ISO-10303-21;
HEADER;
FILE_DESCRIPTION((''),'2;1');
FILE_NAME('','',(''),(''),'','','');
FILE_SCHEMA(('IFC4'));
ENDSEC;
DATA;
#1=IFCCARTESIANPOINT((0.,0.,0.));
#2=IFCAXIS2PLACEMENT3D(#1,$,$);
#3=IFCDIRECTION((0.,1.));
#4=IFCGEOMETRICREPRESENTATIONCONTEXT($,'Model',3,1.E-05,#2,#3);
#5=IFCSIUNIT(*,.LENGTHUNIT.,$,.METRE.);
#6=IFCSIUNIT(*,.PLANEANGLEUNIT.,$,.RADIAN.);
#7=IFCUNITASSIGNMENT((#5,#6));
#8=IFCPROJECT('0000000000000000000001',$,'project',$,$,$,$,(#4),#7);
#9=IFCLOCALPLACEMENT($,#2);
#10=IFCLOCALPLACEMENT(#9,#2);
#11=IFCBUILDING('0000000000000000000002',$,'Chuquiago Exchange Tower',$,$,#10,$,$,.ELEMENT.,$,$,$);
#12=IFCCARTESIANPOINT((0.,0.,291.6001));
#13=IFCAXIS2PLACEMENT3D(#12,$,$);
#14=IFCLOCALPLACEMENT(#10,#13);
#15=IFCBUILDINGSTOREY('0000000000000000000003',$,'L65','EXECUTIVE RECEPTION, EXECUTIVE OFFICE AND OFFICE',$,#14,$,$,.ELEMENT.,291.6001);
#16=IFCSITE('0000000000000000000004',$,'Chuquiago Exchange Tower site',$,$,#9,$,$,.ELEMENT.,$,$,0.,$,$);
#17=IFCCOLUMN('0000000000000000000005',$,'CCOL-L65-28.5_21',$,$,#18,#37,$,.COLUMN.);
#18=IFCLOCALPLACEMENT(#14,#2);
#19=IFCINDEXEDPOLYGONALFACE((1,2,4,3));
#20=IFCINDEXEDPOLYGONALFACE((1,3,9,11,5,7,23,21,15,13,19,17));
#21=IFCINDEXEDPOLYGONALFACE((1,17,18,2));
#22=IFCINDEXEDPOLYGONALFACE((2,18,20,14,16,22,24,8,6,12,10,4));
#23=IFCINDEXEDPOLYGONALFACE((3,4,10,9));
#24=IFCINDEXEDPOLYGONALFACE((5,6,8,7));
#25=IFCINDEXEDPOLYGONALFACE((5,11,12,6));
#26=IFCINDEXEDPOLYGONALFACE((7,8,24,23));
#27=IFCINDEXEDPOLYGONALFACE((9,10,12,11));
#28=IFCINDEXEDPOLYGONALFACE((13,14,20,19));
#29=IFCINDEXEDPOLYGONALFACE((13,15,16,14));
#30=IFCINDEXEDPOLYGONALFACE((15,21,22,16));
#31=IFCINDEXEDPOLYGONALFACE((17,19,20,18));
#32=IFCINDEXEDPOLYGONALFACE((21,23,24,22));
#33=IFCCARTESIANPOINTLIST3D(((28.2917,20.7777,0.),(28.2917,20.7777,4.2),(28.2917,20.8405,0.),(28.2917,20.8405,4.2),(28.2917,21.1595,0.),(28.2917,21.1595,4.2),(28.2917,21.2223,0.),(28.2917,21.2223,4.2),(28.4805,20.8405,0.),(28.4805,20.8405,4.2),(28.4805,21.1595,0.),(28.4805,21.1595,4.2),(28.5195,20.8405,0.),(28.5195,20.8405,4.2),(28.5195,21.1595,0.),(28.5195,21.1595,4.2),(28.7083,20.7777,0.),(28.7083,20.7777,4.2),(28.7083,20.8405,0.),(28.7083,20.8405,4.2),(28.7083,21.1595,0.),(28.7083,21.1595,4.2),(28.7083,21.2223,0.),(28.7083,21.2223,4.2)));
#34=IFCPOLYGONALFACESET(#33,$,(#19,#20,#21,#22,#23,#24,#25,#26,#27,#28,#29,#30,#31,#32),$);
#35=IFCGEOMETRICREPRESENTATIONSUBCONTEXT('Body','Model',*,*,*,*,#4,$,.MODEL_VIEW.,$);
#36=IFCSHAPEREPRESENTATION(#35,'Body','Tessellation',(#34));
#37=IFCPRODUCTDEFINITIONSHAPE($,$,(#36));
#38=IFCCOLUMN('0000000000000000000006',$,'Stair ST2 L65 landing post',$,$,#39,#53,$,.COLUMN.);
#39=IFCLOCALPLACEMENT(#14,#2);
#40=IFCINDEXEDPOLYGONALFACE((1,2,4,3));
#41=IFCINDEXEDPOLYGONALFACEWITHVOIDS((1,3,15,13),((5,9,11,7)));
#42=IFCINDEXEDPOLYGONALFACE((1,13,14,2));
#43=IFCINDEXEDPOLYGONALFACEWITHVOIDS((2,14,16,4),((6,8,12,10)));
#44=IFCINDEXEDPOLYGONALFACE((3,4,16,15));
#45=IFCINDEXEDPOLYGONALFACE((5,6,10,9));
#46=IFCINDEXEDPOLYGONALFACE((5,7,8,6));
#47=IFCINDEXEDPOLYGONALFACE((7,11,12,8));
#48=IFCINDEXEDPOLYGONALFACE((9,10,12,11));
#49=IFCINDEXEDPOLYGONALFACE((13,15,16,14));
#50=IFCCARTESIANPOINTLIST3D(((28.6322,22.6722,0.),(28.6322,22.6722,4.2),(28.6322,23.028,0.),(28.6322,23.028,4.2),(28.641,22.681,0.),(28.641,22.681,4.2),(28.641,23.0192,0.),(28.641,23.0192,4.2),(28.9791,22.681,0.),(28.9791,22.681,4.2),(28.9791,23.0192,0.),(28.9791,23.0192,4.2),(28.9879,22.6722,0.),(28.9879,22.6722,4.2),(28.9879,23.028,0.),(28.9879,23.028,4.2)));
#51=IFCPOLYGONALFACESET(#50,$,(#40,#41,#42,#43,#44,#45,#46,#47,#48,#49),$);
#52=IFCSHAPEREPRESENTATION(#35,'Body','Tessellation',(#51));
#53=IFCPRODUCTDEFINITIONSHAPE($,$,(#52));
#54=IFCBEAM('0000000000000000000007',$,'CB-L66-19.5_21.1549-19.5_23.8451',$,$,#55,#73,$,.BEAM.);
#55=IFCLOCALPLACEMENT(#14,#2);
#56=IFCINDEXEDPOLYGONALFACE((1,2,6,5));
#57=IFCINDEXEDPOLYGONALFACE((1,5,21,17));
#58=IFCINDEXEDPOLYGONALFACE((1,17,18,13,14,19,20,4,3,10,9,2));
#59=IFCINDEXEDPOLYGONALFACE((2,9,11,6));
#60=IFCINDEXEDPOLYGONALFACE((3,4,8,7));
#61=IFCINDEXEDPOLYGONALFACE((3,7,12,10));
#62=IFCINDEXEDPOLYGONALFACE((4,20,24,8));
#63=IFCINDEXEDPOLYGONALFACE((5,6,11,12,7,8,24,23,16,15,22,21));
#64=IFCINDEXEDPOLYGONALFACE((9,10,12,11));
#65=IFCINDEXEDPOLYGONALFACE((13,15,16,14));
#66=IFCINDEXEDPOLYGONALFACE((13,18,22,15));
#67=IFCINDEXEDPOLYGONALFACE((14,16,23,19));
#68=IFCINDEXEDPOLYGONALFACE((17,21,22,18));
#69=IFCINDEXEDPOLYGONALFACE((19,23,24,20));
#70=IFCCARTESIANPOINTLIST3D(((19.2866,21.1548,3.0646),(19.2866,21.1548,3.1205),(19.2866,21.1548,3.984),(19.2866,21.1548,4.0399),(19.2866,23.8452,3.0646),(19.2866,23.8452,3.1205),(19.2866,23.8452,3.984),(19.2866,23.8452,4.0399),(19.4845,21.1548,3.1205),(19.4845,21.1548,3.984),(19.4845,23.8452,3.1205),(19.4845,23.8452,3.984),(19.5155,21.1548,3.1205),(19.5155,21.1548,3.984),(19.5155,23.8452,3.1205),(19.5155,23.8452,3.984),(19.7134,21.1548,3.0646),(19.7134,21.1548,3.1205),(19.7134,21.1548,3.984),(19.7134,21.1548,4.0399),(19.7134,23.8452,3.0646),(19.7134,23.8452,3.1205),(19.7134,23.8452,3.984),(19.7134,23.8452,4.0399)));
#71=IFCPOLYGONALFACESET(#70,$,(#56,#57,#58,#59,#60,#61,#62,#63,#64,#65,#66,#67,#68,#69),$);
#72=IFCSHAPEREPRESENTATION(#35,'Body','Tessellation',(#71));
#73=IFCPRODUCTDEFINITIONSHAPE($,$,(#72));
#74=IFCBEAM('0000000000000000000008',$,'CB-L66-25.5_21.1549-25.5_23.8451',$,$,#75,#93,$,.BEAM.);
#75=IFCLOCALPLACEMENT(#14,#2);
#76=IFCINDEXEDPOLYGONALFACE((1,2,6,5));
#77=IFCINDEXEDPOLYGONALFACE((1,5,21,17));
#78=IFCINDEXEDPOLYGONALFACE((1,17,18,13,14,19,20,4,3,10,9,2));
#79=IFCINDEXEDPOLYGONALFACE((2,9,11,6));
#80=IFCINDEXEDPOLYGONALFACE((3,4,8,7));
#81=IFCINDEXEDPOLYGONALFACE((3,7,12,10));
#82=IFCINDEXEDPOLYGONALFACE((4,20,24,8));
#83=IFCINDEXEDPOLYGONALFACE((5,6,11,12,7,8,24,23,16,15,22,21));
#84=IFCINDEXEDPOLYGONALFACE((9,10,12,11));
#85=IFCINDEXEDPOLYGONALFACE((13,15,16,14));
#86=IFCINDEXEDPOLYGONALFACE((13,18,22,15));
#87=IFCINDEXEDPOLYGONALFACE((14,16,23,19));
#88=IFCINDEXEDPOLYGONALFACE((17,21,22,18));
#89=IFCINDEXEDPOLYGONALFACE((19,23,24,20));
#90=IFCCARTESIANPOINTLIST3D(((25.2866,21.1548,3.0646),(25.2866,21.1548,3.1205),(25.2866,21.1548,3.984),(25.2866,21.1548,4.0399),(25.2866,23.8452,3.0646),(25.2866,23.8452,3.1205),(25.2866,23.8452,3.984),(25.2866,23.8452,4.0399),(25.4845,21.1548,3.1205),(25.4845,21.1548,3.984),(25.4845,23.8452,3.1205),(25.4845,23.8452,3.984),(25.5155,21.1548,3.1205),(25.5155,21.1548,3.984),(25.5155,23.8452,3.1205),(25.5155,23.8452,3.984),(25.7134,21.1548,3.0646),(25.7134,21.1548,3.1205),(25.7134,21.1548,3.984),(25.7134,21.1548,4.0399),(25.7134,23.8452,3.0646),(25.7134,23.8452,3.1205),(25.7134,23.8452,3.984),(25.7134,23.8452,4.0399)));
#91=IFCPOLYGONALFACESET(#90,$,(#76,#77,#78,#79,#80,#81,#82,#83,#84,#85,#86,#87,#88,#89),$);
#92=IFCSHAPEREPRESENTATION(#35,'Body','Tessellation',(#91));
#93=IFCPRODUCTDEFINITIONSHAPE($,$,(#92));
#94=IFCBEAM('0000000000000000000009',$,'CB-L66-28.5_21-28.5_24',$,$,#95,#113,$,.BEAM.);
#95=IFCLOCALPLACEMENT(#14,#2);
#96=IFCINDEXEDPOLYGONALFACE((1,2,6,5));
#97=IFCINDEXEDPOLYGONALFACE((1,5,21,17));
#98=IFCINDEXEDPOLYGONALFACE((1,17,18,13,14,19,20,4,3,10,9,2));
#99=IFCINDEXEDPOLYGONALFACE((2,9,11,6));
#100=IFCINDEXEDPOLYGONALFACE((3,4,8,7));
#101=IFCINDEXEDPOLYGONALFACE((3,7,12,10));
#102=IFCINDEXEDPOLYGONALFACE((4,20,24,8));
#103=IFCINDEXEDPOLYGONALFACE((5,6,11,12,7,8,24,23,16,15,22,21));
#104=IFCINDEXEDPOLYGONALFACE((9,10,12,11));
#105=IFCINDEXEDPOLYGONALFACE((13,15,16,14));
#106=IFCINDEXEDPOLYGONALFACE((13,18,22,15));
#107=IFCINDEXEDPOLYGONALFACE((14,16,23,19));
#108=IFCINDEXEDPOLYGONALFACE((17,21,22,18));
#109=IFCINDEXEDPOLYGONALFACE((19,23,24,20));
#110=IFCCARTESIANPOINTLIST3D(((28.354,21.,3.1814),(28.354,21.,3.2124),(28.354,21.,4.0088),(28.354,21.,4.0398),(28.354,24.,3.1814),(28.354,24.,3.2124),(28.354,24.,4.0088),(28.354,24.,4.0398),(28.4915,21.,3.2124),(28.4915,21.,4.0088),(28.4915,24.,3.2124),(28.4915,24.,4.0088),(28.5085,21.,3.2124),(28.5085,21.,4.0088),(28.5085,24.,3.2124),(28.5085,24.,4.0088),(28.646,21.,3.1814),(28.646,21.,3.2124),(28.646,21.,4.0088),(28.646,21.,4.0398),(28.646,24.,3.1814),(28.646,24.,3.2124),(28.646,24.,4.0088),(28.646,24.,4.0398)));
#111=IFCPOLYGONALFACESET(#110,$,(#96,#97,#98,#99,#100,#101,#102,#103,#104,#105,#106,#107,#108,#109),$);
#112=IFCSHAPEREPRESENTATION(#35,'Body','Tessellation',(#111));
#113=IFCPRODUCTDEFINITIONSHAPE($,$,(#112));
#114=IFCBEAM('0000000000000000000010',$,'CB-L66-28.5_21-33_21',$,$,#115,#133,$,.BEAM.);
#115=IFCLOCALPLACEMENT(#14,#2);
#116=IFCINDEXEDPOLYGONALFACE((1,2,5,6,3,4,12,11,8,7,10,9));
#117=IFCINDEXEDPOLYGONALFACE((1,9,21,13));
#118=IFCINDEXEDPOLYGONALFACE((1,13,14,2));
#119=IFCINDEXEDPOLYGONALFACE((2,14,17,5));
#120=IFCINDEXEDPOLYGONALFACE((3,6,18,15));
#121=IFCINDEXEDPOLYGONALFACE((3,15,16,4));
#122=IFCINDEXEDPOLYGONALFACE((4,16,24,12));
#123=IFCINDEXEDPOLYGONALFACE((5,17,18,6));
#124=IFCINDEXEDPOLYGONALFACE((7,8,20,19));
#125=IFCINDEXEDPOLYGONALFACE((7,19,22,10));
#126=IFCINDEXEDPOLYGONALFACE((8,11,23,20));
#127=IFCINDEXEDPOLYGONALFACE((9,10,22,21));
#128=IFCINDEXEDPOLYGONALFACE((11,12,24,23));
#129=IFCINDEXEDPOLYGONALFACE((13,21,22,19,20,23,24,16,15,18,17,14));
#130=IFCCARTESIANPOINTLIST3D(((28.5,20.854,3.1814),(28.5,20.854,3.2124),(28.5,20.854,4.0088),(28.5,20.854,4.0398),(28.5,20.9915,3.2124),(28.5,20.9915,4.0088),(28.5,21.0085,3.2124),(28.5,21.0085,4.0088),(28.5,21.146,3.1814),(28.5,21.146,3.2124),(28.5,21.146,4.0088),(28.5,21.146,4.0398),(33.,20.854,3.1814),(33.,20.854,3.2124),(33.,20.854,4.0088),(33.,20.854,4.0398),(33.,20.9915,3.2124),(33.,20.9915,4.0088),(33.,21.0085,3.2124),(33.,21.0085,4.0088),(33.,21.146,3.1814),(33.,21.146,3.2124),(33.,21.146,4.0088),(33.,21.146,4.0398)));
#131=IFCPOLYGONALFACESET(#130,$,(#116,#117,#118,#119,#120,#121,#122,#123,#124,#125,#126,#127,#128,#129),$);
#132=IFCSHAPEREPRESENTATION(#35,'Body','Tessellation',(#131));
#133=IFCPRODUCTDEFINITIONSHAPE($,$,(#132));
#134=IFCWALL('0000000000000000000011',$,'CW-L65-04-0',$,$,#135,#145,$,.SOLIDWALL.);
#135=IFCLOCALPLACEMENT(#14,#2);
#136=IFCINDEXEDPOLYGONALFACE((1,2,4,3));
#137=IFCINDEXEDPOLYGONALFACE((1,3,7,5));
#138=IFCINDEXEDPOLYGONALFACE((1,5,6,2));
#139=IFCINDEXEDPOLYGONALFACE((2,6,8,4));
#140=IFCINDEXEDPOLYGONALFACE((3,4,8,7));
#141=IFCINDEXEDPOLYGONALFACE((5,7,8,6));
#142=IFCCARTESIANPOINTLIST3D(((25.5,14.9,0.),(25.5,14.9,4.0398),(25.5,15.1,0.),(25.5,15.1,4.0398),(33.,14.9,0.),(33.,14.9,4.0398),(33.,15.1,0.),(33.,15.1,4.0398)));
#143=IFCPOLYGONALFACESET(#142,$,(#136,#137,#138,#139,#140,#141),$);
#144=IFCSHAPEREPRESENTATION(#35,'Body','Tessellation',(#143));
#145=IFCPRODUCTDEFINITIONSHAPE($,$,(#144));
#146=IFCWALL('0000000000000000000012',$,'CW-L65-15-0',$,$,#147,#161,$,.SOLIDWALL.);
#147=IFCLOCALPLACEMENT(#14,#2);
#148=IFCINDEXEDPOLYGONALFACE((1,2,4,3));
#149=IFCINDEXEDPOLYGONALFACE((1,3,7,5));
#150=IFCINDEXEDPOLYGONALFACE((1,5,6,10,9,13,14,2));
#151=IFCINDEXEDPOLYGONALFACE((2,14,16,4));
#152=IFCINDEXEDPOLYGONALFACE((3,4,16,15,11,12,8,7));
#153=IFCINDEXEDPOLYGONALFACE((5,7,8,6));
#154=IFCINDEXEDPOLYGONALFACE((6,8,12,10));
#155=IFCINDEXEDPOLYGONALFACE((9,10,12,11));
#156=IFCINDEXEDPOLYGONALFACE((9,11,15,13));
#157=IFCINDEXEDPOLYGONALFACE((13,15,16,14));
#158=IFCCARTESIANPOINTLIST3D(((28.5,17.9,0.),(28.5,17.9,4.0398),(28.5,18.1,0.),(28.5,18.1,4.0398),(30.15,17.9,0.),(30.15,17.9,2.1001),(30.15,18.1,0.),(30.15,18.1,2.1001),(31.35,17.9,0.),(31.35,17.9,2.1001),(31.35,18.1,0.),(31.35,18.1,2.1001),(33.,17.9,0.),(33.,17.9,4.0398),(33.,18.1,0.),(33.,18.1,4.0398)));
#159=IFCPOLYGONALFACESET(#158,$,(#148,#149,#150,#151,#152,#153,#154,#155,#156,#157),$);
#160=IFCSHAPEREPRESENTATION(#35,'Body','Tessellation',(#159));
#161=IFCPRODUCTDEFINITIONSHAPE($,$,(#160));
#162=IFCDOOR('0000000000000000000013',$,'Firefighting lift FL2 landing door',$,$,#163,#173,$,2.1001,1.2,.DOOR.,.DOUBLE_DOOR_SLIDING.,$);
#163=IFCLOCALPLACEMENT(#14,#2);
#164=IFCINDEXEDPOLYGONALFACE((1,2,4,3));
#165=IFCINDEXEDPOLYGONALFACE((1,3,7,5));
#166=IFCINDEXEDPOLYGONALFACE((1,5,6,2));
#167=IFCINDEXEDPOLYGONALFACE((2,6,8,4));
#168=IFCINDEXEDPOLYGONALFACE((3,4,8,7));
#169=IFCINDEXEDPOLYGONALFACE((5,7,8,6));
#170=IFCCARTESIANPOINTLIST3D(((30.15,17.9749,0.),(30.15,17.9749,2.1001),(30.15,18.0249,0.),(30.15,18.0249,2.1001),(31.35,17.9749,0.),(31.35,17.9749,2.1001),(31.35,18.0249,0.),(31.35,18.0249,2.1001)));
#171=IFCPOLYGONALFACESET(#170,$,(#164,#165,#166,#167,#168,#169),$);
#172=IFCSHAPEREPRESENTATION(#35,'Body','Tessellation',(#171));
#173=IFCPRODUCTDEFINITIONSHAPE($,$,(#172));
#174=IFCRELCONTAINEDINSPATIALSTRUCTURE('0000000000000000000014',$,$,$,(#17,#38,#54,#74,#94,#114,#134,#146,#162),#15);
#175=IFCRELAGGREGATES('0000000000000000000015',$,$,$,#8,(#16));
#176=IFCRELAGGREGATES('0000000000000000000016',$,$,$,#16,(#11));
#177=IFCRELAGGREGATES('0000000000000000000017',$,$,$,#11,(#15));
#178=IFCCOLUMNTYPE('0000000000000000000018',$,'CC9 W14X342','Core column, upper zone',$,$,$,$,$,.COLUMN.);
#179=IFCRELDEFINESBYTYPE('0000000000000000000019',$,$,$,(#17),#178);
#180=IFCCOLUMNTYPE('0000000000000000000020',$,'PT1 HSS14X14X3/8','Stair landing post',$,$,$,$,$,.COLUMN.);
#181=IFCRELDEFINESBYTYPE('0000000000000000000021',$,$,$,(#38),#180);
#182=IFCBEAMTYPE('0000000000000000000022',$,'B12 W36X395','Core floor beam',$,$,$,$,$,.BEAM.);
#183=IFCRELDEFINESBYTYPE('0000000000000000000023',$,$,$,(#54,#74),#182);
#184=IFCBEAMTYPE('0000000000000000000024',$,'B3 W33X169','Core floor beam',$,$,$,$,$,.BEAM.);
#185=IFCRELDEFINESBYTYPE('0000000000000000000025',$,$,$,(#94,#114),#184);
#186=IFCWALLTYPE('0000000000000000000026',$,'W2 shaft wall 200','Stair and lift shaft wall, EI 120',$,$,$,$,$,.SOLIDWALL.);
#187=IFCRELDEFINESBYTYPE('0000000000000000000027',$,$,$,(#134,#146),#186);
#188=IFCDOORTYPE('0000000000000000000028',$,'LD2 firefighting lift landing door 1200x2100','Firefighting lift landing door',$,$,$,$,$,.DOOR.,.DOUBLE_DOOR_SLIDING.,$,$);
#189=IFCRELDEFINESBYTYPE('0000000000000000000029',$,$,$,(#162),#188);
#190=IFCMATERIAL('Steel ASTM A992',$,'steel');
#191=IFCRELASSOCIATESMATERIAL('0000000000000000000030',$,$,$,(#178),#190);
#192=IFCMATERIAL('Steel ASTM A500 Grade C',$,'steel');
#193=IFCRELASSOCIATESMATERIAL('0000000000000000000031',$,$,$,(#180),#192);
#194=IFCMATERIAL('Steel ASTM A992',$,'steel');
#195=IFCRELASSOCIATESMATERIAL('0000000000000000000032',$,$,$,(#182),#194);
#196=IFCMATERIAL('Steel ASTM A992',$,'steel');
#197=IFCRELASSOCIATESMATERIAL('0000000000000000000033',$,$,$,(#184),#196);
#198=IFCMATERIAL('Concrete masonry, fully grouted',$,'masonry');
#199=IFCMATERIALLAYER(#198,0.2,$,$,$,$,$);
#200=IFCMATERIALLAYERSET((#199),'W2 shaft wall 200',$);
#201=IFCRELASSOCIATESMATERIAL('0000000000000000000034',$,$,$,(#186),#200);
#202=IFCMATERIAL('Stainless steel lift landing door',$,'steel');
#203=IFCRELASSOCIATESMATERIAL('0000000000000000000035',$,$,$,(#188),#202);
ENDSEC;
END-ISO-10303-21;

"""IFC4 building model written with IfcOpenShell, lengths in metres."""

from ifc_helpers import new_model, si_unit, direction, frame, frame_2d, origin, origin_2d, place, context, subcontext, project, spatial, rectangle, hollow_rectangle, i_section, extrude, material, layer, layer_set, material_profile, profile_set, type_object, element, fill, save


model = new_model("IFC4")

# Units and contexts
model_context = context("Model", 3, precision=1e-05, world=origin(), true_north=direction((0.0, 1.0)))
body_context = subcontext(model_context, "Body", "Model", "MODEL_VIEW")
ifc_project = project(units=[si_unit("LENGTHUNIT", "METRE"), si_unit("PLANEANGLEUNIT", "RADIAN")], contexts=[model_context])

# Site, building, storey
site_placement = place(None, origin())
site = spatial("IfcSite", under=ifc_project, at=site_placement, Name="Chuquiago Exchange Tower site", CompositionType="ELEMENT", RefElevation=0.0)
building_placement = place(site_placement, origin())
building = spatial("IfcBuilding", under=site, at=building_placement, Name="Chuquiago Exchange Tower", CompositionType="ELEMENT")
storey_placement = place(building_placement, frame((0.0, 0.0, 291.6001)))
storey = spatial("IfcBuildingStorey", under=building, at=storey_placement, Name="L65", Description="EXECUTIVE RECEPTION, EXECUTIVE OFFICE AND OFFICE", CompositionType="ELEMENT", Elevation=291.6001)

# Columns
ifc_material_1 = material(Name="Steel ASTM A992", Category="steel")
ifc_material_profile_1 = material_profile(ifc_material_1, i_section(OverallWidth=0.4165, OverallDepth=0.4446, WebThickness=0.0391, FlangeThickness=0.0627, at=origin_2d()), Name="W14X342")
ifc_profile_set_1 = profile_set([ifc_material_profile_1], Name="Steel ASTM A992")
column_type_1 = type_object("IfcColumnType", Name="CC9 W14X342", Description="Core column, upper zone", PredefinedType="COLUMN", material=ifc_profile_set_1)
column_1_placement = place(storey_placement, frame((28.5, 21.0, 0.0), z_axis=(0.0, 0.0, 1.0), x_axis=(1.0, 0.0, 0.0)))
element("IfcColumn", 1, at=column_1_placement, inside=storey, type_object=column_type_1, Name="CCOL-L65-28.5_21", PredefinedType="COLUMN", context=body_context, shape_type="SweptSolid", body=[
    extrude(i_section(OverallWidth=0.4165, OverallDepth=0.4446, WebThickness=0.0391, FlangeThickness=0.0627, at=origin_2d()), origin(), (0.0, 0.0, 1.0), 4.2),
])
ifc_material_2 = material(Name="Steel ASTM A500 Grade C", Category="steel")
ifc_material_profile_2 = material_profile(ifc_material_2, hollow_rectangle(XDim=0.3557, YDim=0.3557, WallThickness=0.0088, at=origin_2d()), Name="HSS14X14X3/8")
ifc_profile_set_2 = profile_set([ifc_material_profile_2], Name="Steel ASTM A500 Grade C")
column_type_2 = type_object("IfcColumnType", Name="PT1 HSS14X14X3/8", Description="Stair landing post", PredefinedType="COLUMN", material=ifc_profile_set_2)
column_2_placement = place(storey_placement, frame((28.8101, 22.8501, 0.0), z_axis=(0.0, 0.0, 1.0), x_axis=(1.0, 0.0, 0.0)))
element("IfcColumn", 2, at=column_2_placement, inside=storey, type_object=column_type_2, Name="Stair ST2 L65 landing post", PredefinedType="COLUMN", context=body_context, shape_type="SweptSolid", body=[
    extrude(hollow_rectangle(XDim=0.3557, YDim=0.3557, WallThickness=0.0088, at=origin_2d()), origin(), (0.0, 0.0, 1.0), 4.2),
])

# Beams
ifc_material_3 = material(Name="Steel ASTM A992", Category="steel")
ifc_material_profile_3 = material_profile(ifc_material_3, i_section(OverallWidth=0.4268, OverallDepth=0.9753, WebThickness=0.031, FlangeThickness=0.0559, at=origin_2d()), Name="W36X395")
ifc_profile_set_3 = profile_set([ifc_material_profile_3], Name="Steel ASTM A992")
beam_type_1 = type_object("IfcBeamType", Name="B12 W36X395", Description="Core floor beam", PredefinedType="BEAM", material=ifc_profile_set_3)
for number, where, z_axis, x_axis, name in (
    (3, (19.5, 21.1548, 3.5522), (0.0, 1.0, 0.0), (-1.0, 0.0, 0.0), "CB-L66-19.5_21.1549-19.5_23.8451"),
    (4, (25.5, 21.1548, 3.5522), (0.0, 1.0, 0.0), (-1.0, 0.0, 0.0), "CB-L66-25.5_21.1549-25.5_23.8451"),
):
    element("IfcBeam", number, at=place(storey_placement, frame(where, z_axis=z_axis, x_axis=x_axis)), inside=storey, type_object=beam_type_1, Name=name, PredefinedType="BEAM", context=body_context, shape_type="SweptSolid", body=[
        extrude(i_section(OverallWidth=0.4268, OverallDepth=0.9753, WebThickness=0.031, FlangeThickness=0.0559, at=origin_2d()), origin(), (0.0, 0.0, 1.0), 2.6904),
    ])
ifc_material_4 = material(Name="Steel ASTM A992", Category="steel")
ifc_material_profile_4 = material_profile(ifc_material_4, i_section(OverallWidth=0.292, OverallDepth=0.8584, WebThickness=0.0171, FlangeThickness=0.031, at=origin_2d()), Name="W33X169")
ifc_profile_set_4 = profile_set([ifc_material_profile_4], Name="Steel ASTM A992")
beam_type_2 = type_object("IfcBeamType", Name="B3 W33X169", Description="Core floor beam", PredefinedType="BEAM", material=ifc_profile_set_4)
beam_1_placement = place(storey_placement, frame((28.5, 21.0, 3.6106), z_axis=(0.0, 1.0, 0.0), x_axis=(-1.0, 0.0, 0.0)))
element("IfcBeam", 5, at=beam_1_placement, inside=storey, type_object=beam_type_2, Name="CB-L66-28.5_21-28.5_24", PredefinedType="BEAM", context=body_context, shape_type="SweptSolid", body=[
    extrude(i_section(OverallWidth=0.292, OverallDepth=0.8584, WebThickness=0.0171, FlangeThickness=0.031, at=origin_2d()), origin(), (0.0, 0.0, 1.0), 3.0),
])
beam_2_placement = place(storey_placement, frame((28.5, 21.0, 3.6106), z_axis=(1.0, 0.0, 0.0), x_axis=(0.0, 1.0, 0.0)))
element("IfcBeam", 6, at=beam_2_placement, inside=storey, type_object=beam_type_2, Name="CB-L66-28.5_21-33_21", PredefinedType="BEAM", context=body_context, shape_type="SweptSolid", body=[
    extrude(i_section(OverallWidth=0.292, OverallDepth=0.8584, WebThickness=0.0171, FlangeThickness=0.031, at=origin_2d()), origin(), (0.0, 0.0, 1.0), 4.5),
])

# Wall
ifc_material_5 = material(Name="Concrete masonry, fully grouted", Category="masonry")
ifc_layer_1 = layer(ifc_material_5, 0.2)
ifc_layer_set_1 = layer_set([ifc_layer_1], Name="W2 shaft wall 200")
wall_type_1 = type_object("IfcWallType", Name="W2 shaft wall 200", Description="Stair and lift shaft wall, EI 120", PredefinedType="SOLIDWALL", material=ifc_layer_set_1)
wall_1_placement = place(storey_placement, frame((25.5, 15.0, 0.0), z_axis=(0.0, 0.0, 1.0), x_axis=(1.0, 0.0, 0.0)))
element("IfcWall", 7, at=wall_1_placement, inside=storey, type_object=wall_type_1, Name="CW-L65-04-0", PredefinedType="SOLIDWALL", context=body_context, shape_type="SweptSolid", body=[
    extrude(rectangle(XDim=7.5, YDim=0.2, at=frame_2d((3.75, 0.0))), origin(), (0.0, 0.0, 1.0), 4.0398),
])

# Wall, opening, door
wall_2_placement = place(storey_placement, frame((28.5, 18.0, 0.0), z_axis=(0.0, 0.0, 1.0), x_axis=(1.0, 0.0, 0.0)))
wall_2 = element("IfcWall", 8, at=wall_2_placement, inside=storey, type_object=wall_type_1, Name="CW-L65-15-0", PredefinedType="SOLIDWALL", context=body_context, shape_type="SweptSolid", body=[
    extrude(rectangle(XDim=4.5, YDim=0.2, at=frame_2d((2.25, 0.0))), origin(), (0.0, 0.0, 1.0), 4.0398),
])
opening_1_placement = place(wall_2_placement, frame((1.6499, 0.0, 0.0)))
opening_1 = element("IfcOpeningElement", 9, at=opening_1_placement, cuts=wall_2, PredefinedType="OPENING", context=body_context, shape_type="SweptSolid", body=[
    extrude(rectangle(XDim=1.2, YDim=2.1001, at=frame_2d((0.6001, 1.05))), frame((0.0, 0.1099, 0.0), z_axis=(0.0, -1.0, 0.0), x_axis=(1.0, 0.0, 0.0)), (0.0, 0.0, 1.0), 0.22),
])
ifc_material_6 = material(Name="Stainless steel lift landing door", Category="steel")
door_type_1 = type_object("IfcDoorType", Name="LD2 firefighting lift landing door 1200x2100", Description="Firefighting lift landing door", OperationType="DOUBLE_DOOR_SLIDING", PredefinedType="DOOR", material=ifc_material_6)
door_1_placement = place(opening_1_placement, origin())
door_1 = element("IfcDoor", 10, at=door_1_placement, inside=storey, type_object=door_type_1, Name="Firefighting lift FL2 landing door", OperationType="DOUBLE_DOOR_SLIDING", OverallHeight=2.1001, OverallWidth=1.2, PredefinedType="DOOR", context=body_context, shape_type="SweptSolid", body=[
    extrude(rectangle(XDim=1.2, YDim=2.1001, at=frame_2d((0.6001, 1.05))), frame((0.0, 0.0249, 0.0), z_axis=(0.0, -1.0, 0.0), x_axis=(1.0, 0.0, 0.0)), (0.0, 0.0, 1.0), 0.05),
])
fill(opening_1, door_1)

save(model, "model.ifc")
